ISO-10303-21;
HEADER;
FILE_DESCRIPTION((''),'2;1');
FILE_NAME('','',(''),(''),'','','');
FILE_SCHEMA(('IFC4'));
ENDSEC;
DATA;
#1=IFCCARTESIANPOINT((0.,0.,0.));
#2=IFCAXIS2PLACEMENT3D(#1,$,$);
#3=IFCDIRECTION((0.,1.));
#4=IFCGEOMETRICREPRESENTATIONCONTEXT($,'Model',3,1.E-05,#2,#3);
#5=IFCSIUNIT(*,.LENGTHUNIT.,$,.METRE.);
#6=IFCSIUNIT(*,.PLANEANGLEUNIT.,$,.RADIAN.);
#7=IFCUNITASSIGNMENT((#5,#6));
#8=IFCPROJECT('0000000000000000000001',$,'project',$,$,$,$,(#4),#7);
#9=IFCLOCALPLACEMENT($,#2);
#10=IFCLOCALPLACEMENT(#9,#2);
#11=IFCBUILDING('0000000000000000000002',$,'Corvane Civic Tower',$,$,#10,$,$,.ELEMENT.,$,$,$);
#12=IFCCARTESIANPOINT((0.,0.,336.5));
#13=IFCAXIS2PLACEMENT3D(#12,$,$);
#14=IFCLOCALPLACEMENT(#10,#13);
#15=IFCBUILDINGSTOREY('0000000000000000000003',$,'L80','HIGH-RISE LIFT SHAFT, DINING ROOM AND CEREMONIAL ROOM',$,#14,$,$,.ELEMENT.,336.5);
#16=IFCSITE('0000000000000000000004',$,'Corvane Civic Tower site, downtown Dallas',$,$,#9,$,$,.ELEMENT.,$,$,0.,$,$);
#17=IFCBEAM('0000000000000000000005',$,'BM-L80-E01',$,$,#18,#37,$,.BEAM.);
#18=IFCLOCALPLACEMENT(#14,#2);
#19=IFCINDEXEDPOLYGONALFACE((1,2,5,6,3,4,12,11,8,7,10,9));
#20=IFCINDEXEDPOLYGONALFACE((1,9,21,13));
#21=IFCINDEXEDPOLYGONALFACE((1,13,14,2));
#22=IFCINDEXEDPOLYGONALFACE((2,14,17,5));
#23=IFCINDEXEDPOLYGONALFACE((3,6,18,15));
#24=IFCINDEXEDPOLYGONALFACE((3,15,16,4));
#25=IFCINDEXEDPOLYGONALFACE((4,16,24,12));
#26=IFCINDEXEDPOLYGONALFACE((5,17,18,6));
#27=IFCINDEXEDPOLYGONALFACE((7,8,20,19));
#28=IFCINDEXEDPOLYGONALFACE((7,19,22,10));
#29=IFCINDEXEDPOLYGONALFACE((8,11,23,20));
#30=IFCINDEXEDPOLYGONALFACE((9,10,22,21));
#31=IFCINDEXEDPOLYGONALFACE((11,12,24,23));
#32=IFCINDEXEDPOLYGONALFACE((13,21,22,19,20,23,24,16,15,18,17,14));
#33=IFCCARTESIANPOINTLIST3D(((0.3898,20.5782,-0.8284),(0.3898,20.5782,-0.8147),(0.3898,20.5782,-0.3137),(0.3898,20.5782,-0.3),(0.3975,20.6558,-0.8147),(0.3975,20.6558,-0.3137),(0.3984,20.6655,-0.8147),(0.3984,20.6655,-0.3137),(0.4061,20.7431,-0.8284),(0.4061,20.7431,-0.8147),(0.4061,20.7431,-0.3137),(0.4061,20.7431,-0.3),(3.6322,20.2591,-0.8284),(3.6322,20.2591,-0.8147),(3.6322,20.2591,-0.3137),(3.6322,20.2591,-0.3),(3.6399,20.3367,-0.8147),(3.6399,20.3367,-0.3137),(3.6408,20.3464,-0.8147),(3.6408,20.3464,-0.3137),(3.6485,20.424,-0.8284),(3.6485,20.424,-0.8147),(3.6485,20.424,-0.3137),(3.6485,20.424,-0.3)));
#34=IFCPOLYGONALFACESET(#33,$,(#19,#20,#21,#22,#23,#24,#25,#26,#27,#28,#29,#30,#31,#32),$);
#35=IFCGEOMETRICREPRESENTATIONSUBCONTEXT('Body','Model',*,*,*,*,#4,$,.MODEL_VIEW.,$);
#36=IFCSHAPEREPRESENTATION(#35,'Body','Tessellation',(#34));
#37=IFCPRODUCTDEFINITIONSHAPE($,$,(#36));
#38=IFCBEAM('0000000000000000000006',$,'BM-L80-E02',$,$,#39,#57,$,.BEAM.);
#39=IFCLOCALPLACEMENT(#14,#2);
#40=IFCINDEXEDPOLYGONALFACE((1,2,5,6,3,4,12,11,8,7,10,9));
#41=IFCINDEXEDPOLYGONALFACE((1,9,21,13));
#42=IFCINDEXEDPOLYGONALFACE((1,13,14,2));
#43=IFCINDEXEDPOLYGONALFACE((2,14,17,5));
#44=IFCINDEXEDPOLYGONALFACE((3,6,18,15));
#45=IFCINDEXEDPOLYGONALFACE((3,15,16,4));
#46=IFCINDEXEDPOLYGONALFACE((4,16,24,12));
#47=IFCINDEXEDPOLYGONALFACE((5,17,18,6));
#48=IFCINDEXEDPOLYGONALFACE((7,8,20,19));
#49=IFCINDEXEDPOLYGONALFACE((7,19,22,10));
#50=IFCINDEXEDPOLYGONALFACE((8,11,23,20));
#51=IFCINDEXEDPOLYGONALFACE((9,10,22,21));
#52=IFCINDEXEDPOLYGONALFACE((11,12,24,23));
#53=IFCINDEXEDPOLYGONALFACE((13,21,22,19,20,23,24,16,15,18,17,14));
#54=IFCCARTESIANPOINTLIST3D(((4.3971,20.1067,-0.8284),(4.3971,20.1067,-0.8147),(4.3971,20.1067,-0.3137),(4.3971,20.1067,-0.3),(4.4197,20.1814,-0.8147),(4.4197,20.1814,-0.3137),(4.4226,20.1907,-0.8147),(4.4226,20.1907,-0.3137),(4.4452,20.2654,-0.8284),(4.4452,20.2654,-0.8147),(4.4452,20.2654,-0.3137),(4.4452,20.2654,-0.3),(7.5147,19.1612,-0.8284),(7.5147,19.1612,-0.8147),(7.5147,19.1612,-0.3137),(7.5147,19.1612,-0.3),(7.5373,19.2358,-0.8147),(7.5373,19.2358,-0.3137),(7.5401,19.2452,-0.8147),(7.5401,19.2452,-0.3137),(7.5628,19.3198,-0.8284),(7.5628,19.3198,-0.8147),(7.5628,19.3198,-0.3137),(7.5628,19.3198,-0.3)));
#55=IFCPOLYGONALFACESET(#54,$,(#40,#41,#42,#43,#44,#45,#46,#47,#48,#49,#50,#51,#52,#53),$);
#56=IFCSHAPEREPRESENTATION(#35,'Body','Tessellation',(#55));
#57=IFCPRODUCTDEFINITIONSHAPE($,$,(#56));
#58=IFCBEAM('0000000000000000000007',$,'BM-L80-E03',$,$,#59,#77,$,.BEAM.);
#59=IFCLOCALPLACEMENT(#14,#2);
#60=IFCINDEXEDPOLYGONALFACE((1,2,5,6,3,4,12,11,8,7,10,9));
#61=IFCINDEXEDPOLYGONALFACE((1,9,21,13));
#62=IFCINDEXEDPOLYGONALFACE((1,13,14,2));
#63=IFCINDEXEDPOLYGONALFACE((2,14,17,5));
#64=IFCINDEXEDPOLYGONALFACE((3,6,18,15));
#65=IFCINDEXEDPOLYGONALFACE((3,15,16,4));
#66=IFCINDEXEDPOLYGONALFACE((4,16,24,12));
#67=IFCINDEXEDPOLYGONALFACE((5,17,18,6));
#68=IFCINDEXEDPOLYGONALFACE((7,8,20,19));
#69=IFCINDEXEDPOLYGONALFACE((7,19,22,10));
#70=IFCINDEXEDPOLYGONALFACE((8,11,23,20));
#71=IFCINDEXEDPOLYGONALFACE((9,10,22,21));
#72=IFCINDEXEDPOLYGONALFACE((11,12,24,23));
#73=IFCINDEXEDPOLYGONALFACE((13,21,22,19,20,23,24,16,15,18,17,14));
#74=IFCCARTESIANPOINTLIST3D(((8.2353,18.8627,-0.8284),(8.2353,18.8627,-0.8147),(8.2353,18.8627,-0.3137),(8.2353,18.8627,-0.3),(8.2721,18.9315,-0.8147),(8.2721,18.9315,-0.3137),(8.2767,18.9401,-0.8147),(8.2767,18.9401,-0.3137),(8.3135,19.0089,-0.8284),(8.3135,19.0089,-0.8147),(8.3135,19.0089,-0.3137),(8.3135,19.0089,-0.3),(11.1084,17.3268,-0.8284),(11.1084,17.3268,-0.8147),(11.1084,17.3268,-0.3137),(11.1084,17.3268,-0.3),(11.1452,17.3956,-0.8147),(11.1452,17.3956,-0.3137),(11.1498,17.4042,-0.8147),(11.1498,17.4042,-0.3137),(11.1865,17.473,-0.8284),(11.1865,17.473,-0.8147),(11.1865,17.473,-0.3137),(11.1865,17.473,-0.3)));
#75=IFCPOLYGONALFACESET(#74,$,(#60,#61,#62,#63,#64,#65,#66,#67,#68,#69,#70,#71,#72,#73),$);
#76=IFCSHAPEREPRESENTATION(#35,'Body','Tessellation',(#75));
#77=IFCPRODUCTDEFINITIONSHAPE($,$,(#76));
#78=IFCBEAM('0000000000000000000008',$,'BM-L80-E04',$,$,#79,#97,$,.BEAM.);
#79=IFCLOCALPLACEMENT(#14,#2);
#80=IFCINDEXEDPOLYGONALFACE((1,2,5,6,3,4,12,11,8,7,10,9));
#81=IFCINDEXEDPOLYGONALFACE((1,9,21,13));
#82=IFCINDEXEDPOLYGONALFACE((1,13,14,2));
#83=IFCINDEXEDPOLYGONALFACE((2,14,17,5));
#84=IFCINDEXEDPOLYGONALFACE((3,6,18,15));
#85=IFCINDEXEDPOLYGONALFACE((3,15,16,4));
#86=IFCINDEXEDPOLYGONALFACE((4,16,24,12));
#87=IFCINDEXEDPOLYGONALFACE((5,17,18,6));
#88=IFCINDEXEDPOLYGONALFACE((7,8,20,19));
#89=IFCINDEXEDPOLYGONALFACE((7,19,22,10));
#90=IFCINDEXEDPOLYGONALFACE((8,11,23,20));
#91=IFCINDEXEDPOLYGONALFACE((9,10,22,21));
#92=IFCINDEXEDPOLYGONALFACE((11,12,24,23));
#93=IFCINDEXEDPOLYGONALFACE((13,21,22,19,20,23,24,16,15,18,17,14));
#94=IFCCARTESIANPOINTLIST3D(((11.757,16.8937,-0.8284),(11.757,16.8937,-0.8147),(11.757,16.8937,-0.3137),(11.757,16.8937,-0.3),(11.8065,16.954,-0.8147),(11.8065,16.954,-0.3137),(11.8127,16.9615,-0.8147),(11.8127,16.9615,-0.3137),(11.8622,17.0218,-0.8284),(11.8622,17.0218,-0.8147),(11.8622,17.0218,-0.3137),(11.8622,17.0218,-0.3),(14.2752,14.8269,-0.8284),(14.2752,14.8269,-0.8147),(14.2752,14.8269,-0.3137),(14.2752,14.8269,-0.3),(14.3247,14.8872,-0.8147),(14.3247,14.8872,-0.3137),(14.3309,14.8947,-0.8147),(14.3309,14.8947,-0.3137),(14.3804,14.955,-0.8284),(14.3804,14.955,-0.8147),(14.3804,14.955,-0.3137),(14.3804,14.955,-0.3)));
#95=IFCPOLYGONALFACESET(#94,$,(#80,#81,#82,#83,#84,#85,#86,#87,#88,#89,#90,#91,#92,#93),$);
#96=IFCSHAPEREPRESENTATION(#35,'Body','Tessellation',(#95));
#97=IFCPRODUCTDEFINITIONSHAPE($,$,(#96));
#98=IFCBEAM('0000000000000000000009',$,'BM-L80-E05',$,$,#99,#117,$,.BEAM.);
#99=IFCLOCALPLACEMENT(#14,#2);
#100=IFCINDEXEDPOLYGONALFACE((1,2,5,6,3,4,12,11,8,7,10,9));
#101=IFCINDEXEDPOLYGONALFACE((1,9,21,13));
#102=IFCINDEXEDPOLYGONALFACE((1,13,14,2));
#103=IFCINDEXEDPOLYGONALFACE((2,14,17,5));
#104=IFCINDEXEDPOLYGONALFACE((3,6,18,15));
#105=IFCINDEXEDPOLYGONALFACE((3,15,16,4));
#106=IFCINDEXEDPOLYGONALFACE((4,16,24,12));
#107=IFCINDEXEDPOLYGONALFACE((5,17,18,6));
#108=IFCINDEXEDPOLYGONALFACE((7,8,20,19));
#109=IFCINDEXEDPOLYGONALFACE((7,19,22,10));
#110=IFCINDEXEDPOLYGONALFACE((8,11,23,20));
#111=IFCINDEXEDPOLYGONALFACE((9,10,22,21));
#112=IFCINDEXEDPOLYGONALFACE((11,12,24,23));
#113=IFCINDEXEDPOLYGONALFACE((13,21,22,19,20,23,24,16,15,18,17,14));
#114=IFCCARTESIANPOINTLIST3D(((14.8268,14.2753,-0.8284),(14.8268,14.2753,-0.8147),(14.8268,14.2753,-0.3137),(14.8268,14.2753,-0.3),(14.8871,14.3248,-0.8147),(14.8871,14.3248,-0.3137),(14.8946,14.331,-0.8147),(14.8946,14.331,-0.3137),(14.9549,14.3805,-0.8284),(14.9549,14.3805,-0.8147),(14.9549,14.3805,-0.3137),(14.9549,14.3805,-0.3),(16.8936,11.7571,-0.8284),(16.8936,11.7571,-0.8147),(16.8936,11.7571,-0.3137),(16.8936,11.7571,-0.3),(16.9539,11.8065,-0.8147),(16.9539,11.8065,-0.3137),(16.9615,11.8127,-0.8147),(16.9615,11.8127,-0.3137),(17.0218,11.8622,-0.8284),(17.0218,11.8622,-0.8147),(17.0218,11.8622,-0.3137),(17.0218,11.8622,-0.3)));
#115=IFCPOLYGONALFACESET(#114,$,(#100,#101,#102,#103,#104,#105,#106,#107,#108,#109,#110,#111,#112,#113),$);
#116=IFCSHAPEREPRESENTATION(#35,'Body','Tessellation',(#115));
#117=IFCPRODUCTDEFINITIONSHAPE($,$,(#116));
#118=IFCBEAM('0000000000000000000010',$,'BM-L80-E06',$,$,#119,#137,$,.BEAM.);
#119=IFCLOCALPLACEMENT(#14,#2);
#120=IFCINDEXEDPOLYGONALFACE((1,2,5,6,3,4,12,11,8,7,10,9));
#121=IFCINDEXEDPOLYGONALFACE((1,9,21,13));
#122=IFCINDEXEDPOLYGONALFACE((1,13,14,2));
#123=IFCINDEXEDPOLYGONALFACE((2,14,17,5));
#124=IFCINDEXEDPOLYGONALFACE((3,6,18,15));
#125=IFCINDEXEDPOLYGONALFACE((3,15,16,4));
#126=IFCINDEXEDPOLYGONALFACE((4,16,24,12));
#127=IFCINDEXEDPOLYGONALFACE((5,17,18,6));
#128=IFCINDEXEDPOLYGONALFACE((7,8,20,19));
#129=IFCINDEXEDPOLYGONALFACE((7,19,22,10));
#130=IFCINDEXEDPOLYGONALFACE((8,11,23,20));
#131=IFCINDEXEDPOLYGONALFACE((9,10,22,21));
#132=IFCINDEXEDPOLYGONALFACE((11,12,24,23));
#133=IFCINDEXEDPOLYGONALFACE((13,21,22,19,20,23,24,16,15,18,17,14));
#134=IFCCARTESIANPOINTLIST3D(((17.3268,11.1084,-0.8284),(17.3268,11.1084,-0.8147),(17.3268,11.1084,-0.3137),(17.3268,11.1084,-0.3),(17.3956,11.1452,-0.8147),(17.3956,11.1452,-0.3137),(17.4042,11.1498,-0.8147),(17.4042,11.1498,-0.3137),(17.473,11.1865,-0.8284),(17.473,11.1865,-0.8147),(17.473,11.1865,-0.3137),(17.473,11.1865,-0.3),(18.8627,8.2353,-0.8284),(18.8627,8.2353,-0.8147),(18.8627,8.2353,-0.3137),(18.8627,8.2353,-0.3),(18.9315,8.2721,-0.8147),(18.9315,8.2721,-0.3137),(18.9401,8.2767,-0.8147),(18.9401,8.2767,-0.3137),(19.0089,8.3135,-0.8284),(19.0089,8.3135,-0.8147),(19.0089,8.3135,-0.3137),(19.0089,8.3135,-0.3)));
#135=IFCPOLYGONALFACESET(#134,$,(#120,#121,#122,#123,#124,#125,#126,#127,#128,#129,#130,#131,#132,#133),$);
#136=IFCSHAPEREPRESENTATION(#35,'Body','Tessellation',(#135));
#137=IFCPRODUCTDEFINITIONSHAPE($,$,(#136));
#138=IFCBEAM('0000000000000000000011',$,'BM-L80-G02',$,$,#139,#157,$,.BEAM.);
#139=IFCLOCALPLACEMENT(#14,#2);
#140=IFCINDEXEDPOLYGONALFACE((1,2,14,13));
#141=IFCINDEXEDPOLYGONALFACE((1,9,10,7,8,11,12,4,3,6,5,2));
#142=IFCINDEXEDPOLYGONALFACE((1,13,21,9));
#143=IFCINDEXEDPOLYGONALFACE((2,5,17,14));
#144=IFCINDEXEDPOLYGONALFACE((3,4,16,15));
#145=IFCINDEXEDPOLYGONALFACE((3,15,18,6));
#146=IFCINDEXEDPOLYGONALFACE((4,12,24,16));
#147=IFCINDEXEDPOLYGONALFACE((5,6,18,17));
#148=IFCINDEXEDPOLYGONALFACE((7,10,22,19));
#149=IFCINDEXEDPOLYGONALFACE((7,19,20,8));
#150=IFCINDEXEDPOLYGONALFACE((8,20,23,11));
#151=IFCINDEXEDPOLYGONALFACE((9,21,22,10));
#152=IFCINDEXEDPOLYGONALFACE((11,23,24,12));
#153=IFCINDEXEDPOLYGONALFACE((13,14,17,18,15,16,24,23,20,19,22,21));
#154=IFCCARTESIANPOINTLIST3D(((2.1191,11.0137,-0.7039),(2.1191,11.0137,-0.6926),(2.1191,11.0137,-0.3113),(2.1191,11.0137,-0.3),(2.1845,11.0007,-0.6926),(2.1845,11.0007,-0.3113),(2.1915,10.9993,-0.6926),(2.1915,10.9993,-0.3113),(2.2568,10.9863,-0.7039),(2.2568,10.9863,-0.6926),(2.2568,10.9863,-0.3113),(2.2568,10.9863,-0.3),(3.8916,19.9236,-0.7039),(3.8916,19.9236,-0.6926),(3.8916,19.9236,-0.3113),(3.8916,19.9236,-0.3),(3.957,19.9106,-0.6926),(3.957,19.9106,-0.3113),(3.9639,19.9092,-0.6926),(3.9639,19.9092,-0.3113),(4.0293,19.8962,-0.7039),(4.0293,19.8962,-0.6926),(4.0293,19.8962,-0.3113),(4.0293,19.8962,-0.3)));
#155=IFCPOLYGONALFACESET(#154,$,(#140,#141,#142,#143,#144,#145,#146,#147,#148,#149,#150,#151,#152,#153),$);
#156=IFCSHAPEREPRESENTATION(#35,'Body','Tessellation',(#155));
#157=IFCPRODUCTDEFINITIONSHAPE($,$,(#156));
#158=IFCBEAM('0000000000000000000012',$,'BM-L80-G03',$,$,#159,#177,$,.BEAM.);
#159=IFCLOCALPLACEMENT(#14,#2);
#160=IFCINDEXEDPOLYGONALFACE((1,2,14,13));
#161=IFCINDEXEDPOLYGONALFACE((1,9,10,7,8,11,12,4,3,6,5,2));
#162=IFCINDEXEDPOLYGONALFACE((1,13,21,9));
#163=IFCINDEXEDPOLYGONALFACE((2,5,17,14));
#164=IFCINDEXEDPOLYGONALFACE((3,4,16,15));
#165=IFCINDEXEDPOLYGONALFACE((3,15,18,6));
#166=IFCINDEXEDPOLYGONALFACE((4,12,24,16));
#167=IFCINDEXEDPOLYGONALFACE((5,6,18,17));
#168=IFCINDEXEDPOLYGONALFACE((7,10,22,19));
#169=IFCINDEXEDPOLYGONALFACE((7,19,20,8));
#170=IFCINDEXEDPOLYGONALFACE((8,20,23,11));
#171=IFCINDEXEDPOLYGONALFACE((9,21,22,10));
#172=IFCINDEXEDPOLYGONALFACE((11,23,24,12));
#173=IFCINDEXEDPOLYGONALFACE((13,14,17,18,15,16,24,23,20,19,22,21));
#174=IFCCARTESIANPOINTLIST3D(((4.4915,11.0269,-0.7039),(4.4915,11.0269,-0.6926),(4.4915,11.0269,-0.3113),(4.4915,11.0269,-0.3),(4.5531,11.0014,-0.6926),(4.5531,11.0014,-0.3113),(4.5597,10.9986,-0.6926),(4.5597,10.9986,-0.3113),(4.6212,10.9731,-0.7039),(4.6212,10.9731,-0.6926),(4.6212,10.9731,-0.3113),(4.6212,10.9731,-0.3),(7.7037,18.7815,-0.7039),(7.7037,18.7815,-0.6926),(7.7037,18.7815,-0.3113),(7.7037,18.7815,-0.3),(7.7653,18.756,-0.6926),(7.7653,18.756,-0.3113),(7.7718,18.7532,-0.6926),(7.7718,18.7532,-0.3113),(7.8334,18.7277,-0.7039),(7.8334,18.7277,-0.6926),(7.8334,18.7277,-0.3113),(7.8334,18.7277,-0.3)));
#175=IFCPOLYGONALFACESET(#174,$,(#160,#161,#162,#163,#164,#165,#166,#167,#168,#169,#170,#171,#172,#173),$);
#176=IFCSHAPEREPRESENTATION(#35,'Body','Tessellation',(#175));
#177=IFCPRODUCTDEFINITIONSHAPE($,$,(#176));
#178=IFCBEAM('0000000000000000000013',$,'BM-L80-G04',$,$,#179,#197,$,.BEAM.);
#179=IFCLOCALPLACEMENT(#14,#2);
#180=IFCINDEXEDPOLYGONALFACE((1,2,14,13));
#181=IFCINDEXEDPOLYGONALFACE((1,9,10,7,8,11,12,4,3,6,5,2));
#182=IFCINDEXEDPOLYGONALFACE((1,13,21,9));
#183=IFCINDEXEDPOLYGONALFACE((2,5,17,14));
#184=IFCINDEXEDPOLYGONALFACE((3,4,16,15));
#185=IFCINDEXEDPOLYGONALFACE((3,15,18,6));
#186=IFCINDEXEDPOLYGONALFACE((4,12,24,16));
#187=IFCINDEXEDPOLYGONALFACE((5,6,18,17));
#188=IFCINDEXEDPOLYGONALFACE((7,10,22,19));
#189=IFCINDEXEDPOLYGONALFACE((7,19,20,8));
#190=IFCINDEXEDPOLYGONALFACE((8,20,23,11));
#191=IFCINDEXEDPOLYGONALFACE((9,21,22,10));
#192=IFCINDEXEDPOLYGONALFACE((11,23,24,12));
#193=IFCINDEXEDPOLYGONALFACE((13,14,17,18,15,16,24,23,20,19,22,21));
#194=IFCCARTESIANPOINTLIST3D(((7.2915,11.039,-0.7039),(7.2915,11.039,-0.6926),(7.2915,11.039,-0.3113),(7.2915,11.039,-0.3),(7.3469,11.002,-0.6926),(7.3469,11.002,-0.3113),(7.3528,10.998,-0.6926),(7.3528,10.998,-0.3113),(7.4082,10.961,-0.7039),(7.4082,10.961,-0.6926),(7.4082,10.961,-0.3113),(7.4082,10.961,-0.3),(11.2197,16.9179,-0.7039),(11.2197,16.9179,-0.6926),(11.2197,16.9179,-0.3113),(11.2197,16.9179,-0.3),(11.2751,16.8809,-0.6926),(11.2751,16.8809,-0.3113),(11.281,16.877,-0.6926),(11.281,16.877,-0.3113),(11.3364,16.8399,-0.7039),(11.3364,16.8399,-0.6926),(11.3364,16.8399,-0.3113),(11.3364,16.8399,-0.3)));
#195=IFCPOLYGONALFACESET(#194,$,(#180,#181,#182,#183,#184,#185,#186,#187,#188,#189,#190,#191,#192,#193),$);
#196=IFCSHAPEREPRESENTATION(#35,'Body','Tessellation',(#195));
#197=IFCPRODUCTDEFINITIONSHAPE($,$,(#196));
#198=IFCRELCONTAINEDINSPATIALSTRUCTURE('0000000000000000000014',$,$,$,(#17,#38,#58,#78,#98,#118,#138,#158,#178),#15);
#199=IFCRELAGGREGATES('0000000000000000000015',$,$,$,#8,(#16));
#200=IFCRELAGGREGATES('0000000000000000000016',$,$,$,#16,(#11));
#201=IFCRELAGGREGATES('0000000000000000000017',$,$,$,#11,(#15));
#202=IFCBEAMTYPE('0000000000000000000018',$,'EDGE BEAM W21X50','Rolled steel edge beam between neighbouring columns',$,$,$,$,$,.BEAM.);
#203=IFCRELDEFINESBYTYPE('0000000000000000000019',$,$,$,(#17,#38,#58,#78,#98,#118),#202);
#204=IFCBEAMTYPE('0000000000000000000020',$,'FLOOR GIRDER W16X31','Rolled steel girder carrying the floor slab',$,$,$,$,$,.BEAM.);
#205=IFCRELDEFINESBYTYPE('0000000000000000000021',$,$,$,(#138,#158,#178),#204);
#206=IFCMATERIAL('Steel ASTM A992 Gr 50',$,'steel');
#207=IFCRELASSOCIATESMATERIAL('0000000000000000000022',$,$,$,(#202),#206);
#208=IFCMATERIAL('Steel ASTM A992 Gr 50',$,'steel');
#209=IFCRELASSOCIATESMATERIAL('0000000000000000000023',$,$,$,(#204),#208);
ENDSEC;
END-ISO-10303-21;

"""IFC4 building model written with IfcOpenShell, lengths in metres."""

from ifc_helpers import new_model, si_unit, direction, frame, origin, origin_2d, place, context, subcontext, project, spatial, i_section, extrude, material, material_profile, profile_set, type_object, element, save


model = new_model("IFC4")

# Units and contexts
model_context = context("Model", 3, precision=1e-05, world=origin(), true_north=direction((0.0, 1.0)))
body_context = subcontext(model_context, "Body", "Model", "MODEL_VIEW")
ifc_project = project(units=[si_unit("LENGTHUNIT", "METRE"), si_unit("PLANEANGLEUNIT", "RADIAN")], contexts=[model_context])

# Site, building, storey
site_placement = place(None, origin())
site = spatial("IfcSite", under=ifc_project, at=site_placement, Name="Corvane Civic Tower site, downtown Dallas", CompositionType="ELEMENT", RefElevation=0.0)
building_placement = place(site_placement, origin())
building = spatial("IfcBuilding", under=site, at=building_placement, Name="Corvane Civic Tower", CompositionType="ELEMENT")
storey_placement = place(building_placement, frame((0.0, 0.0, 336.5)))
storey = spatial("IfcBuildingStorey", under=building, at=storey_placement, Name="L80", Description="HIGH-RISE LIFT SHAFT, DINING ROOM AND CEREMONIAL ROOM", CompositionType="ELEMENT", Elevation=336.5)

# Beams
ifc_material_1 = material(Name="Steel ASTM A992 Gr 50", Category="steel")
ifc_material_profile_1 = material_profile(ifc_material_1, i_section(OverallWidth=0.1658, OverallDepth=0.5283, WebThickness=0.0098, FlangeThickness=0.0137, at=origin_2d()), Name="W21X50")
ifc_profile_set_1 = profile_set([ifc_material_profile_1], Name="Steel ASTM A992 Gr 50")
beam_type_1 = type_object("IfcBeamType", Name="EDGE BEAM W21X50", Description="Rolled steel edge beam between neighbouring columns", PredefinedType="BEAM", material=ifc_profile_set_1)
beam_1_placement = place(storey_placement, frame((0.3979, 20.6606, -0.5642), z_axis=(0.995193, -0.097938, 0.0), x_axis=(0.097938, 0.995193, 0.0)))
element("IfcBeam", 1, at=beam_1_placement, inside=storey, type_object=beam_type_1, Name="BM-L80-E01", PredefinedType="BEAM", context=body_context, shape_type="SweptSolid", body=[
    extrude(i_section(OverallWidth=0.1658, OverallDepth=0.5283, WebThickness=0.0098, FlangeThickness=0.0137, at=origin_2d()), origin(), (0.0, 0.0, 1.0), 3.2581),
])
for number, where, z_axis, x_axis, name in (
    (2, (4.4211, 20.186, -0.5642), (0.956956, -0.290234, 0.0), (0.290234, 0.956956, 0.0), "BM-L80-E02"),
    (3, (8.2744, 18.9358, -0.5642), (0.881894, -0.471448, 0.0), (0.471448, 0.881894, 0.0), "BM-L80-E03"),
    (4, (11.8096, 16.9578, -0.5642), (0.772985, -0.634425, 0.0), (0.634425, 0.772985, 0.0), "BM-L80-E04"),
    (5, (14.8909, 14.3279, -0.5642), (0.634425, -0.772985, 0.0), (0.772985, 0.634425, 0.0), "BM-L80-E05"),
    (6, (17.3999, 11.1475, -0.5642), (0.471448, -0.881894, 0.0), (0.881894, 0.471448, 0.0), "BM-L80-E06"),
):
    element("IfcBeam", number, at=place(storey_placement, frame(where, z_axis=z_axis, x_axis=x_axis)), inside=storey, type_object=beam_type_1, Name=name, PredefinedType="BEAM", context=body_context, shape_type="SweptSolid", body=[
        extrude(i_section(OverallWidth=0.1658, OverallDepth=0.5283, WebThickness=0.0098, FlangeThickness=0.0137, at=origin_2d()), origin(), (0.0, 0.0, 1.0), 3.2578),
    ])
ifc_material_2 = material(Name="Steel ASTM A992 Gr 50", Category="steel")
ifc_material_profile_2 = material_profile(ifc_material_2, i_section(OverallWidth=0.1404, OverallDepth=0.4038, WebThickness=0.0071, FlangeThickness=0.0112, at=origin_2d()), Name="W16X31")
ifc_profile_set_2 = profile_set([ifc_material_profile_2], Name="Steel ASTM A992 Gr 50")
beam_type_2 = type_object("IfcBeamType", Name="FLOOR GIRDER W16X31", Description="Rolled steel girder carrying the floor slab", PredefinedType="BEAM", material=ifc_profile_set_2)
beam_2_placement = place(storey_placement, frame((2.188, 11.0, -0.502), z_axis=(0.195108, 0.980782, 0.0), x_axis=(-0.980782, 0.195108, 0.0)))
element("IfcBeam", 7, at=beam_2_placement, inside=storey, type_object=beam_type_2, Name="BM-L80-G02", PredefinedType="BEAM", context=body_context, shape_type="SweptSolid", body=[
    extrude(i_section(OverallWidth=0.1404, OverallDepth=0.4038, WebThickness=0.0071, FlangeThickness=0.0112, at=origin_2d()), origin(), (0.0, 0.0, 1.0), 9.0845),
])
beam_3_placement = place(storey_placement, frame((4.5564, 11.0, -0.502), z_axis=(0.382692, 0.923876, 0.0), x_axis=(-0.923876, 0.382692, 0.0)))
element("IfcBeam", 8, at=beam_3_placement, inside=storey, type_object=beam_type_2, Name="BM-L80-G03", PredefinedType="BEAM", context=body_context, shape_type="SweptSolid", body=[
    extrude(i_section(OverallWidth=0.1404, OverallDepth=0.4038, WebThickness=0.0071, FlangeThickness=0.0112, at=origin_2d()), origin(), (0.0, 0.0, 1.0), 8.3936),
])
beam_4_placement = place(storey_placement, frame((7.3499, 11.0, -0.502), z_axis=(0.555576, 0.831465, 0.0), x_axis=(-0.831465, 0.555576, 0.0)))
element("IfcBeam", 9, at=beam_4_placement, inside=storey, type_object=beam_type_2, Name="BM-L80-G04", PredefinedType="BEAM", context=body_context, shape_type="SweptSolid", body=[
    extrude(i_section(OverallWidth=0.1404, OverallDepth=0.4038, WebThickness=0.0071, FlangeThickness=0.0112, at=origin_2d()), origin(), (0.0, 0.0, 1.0), 7.0706),
])

save(model, "model.ifc")
